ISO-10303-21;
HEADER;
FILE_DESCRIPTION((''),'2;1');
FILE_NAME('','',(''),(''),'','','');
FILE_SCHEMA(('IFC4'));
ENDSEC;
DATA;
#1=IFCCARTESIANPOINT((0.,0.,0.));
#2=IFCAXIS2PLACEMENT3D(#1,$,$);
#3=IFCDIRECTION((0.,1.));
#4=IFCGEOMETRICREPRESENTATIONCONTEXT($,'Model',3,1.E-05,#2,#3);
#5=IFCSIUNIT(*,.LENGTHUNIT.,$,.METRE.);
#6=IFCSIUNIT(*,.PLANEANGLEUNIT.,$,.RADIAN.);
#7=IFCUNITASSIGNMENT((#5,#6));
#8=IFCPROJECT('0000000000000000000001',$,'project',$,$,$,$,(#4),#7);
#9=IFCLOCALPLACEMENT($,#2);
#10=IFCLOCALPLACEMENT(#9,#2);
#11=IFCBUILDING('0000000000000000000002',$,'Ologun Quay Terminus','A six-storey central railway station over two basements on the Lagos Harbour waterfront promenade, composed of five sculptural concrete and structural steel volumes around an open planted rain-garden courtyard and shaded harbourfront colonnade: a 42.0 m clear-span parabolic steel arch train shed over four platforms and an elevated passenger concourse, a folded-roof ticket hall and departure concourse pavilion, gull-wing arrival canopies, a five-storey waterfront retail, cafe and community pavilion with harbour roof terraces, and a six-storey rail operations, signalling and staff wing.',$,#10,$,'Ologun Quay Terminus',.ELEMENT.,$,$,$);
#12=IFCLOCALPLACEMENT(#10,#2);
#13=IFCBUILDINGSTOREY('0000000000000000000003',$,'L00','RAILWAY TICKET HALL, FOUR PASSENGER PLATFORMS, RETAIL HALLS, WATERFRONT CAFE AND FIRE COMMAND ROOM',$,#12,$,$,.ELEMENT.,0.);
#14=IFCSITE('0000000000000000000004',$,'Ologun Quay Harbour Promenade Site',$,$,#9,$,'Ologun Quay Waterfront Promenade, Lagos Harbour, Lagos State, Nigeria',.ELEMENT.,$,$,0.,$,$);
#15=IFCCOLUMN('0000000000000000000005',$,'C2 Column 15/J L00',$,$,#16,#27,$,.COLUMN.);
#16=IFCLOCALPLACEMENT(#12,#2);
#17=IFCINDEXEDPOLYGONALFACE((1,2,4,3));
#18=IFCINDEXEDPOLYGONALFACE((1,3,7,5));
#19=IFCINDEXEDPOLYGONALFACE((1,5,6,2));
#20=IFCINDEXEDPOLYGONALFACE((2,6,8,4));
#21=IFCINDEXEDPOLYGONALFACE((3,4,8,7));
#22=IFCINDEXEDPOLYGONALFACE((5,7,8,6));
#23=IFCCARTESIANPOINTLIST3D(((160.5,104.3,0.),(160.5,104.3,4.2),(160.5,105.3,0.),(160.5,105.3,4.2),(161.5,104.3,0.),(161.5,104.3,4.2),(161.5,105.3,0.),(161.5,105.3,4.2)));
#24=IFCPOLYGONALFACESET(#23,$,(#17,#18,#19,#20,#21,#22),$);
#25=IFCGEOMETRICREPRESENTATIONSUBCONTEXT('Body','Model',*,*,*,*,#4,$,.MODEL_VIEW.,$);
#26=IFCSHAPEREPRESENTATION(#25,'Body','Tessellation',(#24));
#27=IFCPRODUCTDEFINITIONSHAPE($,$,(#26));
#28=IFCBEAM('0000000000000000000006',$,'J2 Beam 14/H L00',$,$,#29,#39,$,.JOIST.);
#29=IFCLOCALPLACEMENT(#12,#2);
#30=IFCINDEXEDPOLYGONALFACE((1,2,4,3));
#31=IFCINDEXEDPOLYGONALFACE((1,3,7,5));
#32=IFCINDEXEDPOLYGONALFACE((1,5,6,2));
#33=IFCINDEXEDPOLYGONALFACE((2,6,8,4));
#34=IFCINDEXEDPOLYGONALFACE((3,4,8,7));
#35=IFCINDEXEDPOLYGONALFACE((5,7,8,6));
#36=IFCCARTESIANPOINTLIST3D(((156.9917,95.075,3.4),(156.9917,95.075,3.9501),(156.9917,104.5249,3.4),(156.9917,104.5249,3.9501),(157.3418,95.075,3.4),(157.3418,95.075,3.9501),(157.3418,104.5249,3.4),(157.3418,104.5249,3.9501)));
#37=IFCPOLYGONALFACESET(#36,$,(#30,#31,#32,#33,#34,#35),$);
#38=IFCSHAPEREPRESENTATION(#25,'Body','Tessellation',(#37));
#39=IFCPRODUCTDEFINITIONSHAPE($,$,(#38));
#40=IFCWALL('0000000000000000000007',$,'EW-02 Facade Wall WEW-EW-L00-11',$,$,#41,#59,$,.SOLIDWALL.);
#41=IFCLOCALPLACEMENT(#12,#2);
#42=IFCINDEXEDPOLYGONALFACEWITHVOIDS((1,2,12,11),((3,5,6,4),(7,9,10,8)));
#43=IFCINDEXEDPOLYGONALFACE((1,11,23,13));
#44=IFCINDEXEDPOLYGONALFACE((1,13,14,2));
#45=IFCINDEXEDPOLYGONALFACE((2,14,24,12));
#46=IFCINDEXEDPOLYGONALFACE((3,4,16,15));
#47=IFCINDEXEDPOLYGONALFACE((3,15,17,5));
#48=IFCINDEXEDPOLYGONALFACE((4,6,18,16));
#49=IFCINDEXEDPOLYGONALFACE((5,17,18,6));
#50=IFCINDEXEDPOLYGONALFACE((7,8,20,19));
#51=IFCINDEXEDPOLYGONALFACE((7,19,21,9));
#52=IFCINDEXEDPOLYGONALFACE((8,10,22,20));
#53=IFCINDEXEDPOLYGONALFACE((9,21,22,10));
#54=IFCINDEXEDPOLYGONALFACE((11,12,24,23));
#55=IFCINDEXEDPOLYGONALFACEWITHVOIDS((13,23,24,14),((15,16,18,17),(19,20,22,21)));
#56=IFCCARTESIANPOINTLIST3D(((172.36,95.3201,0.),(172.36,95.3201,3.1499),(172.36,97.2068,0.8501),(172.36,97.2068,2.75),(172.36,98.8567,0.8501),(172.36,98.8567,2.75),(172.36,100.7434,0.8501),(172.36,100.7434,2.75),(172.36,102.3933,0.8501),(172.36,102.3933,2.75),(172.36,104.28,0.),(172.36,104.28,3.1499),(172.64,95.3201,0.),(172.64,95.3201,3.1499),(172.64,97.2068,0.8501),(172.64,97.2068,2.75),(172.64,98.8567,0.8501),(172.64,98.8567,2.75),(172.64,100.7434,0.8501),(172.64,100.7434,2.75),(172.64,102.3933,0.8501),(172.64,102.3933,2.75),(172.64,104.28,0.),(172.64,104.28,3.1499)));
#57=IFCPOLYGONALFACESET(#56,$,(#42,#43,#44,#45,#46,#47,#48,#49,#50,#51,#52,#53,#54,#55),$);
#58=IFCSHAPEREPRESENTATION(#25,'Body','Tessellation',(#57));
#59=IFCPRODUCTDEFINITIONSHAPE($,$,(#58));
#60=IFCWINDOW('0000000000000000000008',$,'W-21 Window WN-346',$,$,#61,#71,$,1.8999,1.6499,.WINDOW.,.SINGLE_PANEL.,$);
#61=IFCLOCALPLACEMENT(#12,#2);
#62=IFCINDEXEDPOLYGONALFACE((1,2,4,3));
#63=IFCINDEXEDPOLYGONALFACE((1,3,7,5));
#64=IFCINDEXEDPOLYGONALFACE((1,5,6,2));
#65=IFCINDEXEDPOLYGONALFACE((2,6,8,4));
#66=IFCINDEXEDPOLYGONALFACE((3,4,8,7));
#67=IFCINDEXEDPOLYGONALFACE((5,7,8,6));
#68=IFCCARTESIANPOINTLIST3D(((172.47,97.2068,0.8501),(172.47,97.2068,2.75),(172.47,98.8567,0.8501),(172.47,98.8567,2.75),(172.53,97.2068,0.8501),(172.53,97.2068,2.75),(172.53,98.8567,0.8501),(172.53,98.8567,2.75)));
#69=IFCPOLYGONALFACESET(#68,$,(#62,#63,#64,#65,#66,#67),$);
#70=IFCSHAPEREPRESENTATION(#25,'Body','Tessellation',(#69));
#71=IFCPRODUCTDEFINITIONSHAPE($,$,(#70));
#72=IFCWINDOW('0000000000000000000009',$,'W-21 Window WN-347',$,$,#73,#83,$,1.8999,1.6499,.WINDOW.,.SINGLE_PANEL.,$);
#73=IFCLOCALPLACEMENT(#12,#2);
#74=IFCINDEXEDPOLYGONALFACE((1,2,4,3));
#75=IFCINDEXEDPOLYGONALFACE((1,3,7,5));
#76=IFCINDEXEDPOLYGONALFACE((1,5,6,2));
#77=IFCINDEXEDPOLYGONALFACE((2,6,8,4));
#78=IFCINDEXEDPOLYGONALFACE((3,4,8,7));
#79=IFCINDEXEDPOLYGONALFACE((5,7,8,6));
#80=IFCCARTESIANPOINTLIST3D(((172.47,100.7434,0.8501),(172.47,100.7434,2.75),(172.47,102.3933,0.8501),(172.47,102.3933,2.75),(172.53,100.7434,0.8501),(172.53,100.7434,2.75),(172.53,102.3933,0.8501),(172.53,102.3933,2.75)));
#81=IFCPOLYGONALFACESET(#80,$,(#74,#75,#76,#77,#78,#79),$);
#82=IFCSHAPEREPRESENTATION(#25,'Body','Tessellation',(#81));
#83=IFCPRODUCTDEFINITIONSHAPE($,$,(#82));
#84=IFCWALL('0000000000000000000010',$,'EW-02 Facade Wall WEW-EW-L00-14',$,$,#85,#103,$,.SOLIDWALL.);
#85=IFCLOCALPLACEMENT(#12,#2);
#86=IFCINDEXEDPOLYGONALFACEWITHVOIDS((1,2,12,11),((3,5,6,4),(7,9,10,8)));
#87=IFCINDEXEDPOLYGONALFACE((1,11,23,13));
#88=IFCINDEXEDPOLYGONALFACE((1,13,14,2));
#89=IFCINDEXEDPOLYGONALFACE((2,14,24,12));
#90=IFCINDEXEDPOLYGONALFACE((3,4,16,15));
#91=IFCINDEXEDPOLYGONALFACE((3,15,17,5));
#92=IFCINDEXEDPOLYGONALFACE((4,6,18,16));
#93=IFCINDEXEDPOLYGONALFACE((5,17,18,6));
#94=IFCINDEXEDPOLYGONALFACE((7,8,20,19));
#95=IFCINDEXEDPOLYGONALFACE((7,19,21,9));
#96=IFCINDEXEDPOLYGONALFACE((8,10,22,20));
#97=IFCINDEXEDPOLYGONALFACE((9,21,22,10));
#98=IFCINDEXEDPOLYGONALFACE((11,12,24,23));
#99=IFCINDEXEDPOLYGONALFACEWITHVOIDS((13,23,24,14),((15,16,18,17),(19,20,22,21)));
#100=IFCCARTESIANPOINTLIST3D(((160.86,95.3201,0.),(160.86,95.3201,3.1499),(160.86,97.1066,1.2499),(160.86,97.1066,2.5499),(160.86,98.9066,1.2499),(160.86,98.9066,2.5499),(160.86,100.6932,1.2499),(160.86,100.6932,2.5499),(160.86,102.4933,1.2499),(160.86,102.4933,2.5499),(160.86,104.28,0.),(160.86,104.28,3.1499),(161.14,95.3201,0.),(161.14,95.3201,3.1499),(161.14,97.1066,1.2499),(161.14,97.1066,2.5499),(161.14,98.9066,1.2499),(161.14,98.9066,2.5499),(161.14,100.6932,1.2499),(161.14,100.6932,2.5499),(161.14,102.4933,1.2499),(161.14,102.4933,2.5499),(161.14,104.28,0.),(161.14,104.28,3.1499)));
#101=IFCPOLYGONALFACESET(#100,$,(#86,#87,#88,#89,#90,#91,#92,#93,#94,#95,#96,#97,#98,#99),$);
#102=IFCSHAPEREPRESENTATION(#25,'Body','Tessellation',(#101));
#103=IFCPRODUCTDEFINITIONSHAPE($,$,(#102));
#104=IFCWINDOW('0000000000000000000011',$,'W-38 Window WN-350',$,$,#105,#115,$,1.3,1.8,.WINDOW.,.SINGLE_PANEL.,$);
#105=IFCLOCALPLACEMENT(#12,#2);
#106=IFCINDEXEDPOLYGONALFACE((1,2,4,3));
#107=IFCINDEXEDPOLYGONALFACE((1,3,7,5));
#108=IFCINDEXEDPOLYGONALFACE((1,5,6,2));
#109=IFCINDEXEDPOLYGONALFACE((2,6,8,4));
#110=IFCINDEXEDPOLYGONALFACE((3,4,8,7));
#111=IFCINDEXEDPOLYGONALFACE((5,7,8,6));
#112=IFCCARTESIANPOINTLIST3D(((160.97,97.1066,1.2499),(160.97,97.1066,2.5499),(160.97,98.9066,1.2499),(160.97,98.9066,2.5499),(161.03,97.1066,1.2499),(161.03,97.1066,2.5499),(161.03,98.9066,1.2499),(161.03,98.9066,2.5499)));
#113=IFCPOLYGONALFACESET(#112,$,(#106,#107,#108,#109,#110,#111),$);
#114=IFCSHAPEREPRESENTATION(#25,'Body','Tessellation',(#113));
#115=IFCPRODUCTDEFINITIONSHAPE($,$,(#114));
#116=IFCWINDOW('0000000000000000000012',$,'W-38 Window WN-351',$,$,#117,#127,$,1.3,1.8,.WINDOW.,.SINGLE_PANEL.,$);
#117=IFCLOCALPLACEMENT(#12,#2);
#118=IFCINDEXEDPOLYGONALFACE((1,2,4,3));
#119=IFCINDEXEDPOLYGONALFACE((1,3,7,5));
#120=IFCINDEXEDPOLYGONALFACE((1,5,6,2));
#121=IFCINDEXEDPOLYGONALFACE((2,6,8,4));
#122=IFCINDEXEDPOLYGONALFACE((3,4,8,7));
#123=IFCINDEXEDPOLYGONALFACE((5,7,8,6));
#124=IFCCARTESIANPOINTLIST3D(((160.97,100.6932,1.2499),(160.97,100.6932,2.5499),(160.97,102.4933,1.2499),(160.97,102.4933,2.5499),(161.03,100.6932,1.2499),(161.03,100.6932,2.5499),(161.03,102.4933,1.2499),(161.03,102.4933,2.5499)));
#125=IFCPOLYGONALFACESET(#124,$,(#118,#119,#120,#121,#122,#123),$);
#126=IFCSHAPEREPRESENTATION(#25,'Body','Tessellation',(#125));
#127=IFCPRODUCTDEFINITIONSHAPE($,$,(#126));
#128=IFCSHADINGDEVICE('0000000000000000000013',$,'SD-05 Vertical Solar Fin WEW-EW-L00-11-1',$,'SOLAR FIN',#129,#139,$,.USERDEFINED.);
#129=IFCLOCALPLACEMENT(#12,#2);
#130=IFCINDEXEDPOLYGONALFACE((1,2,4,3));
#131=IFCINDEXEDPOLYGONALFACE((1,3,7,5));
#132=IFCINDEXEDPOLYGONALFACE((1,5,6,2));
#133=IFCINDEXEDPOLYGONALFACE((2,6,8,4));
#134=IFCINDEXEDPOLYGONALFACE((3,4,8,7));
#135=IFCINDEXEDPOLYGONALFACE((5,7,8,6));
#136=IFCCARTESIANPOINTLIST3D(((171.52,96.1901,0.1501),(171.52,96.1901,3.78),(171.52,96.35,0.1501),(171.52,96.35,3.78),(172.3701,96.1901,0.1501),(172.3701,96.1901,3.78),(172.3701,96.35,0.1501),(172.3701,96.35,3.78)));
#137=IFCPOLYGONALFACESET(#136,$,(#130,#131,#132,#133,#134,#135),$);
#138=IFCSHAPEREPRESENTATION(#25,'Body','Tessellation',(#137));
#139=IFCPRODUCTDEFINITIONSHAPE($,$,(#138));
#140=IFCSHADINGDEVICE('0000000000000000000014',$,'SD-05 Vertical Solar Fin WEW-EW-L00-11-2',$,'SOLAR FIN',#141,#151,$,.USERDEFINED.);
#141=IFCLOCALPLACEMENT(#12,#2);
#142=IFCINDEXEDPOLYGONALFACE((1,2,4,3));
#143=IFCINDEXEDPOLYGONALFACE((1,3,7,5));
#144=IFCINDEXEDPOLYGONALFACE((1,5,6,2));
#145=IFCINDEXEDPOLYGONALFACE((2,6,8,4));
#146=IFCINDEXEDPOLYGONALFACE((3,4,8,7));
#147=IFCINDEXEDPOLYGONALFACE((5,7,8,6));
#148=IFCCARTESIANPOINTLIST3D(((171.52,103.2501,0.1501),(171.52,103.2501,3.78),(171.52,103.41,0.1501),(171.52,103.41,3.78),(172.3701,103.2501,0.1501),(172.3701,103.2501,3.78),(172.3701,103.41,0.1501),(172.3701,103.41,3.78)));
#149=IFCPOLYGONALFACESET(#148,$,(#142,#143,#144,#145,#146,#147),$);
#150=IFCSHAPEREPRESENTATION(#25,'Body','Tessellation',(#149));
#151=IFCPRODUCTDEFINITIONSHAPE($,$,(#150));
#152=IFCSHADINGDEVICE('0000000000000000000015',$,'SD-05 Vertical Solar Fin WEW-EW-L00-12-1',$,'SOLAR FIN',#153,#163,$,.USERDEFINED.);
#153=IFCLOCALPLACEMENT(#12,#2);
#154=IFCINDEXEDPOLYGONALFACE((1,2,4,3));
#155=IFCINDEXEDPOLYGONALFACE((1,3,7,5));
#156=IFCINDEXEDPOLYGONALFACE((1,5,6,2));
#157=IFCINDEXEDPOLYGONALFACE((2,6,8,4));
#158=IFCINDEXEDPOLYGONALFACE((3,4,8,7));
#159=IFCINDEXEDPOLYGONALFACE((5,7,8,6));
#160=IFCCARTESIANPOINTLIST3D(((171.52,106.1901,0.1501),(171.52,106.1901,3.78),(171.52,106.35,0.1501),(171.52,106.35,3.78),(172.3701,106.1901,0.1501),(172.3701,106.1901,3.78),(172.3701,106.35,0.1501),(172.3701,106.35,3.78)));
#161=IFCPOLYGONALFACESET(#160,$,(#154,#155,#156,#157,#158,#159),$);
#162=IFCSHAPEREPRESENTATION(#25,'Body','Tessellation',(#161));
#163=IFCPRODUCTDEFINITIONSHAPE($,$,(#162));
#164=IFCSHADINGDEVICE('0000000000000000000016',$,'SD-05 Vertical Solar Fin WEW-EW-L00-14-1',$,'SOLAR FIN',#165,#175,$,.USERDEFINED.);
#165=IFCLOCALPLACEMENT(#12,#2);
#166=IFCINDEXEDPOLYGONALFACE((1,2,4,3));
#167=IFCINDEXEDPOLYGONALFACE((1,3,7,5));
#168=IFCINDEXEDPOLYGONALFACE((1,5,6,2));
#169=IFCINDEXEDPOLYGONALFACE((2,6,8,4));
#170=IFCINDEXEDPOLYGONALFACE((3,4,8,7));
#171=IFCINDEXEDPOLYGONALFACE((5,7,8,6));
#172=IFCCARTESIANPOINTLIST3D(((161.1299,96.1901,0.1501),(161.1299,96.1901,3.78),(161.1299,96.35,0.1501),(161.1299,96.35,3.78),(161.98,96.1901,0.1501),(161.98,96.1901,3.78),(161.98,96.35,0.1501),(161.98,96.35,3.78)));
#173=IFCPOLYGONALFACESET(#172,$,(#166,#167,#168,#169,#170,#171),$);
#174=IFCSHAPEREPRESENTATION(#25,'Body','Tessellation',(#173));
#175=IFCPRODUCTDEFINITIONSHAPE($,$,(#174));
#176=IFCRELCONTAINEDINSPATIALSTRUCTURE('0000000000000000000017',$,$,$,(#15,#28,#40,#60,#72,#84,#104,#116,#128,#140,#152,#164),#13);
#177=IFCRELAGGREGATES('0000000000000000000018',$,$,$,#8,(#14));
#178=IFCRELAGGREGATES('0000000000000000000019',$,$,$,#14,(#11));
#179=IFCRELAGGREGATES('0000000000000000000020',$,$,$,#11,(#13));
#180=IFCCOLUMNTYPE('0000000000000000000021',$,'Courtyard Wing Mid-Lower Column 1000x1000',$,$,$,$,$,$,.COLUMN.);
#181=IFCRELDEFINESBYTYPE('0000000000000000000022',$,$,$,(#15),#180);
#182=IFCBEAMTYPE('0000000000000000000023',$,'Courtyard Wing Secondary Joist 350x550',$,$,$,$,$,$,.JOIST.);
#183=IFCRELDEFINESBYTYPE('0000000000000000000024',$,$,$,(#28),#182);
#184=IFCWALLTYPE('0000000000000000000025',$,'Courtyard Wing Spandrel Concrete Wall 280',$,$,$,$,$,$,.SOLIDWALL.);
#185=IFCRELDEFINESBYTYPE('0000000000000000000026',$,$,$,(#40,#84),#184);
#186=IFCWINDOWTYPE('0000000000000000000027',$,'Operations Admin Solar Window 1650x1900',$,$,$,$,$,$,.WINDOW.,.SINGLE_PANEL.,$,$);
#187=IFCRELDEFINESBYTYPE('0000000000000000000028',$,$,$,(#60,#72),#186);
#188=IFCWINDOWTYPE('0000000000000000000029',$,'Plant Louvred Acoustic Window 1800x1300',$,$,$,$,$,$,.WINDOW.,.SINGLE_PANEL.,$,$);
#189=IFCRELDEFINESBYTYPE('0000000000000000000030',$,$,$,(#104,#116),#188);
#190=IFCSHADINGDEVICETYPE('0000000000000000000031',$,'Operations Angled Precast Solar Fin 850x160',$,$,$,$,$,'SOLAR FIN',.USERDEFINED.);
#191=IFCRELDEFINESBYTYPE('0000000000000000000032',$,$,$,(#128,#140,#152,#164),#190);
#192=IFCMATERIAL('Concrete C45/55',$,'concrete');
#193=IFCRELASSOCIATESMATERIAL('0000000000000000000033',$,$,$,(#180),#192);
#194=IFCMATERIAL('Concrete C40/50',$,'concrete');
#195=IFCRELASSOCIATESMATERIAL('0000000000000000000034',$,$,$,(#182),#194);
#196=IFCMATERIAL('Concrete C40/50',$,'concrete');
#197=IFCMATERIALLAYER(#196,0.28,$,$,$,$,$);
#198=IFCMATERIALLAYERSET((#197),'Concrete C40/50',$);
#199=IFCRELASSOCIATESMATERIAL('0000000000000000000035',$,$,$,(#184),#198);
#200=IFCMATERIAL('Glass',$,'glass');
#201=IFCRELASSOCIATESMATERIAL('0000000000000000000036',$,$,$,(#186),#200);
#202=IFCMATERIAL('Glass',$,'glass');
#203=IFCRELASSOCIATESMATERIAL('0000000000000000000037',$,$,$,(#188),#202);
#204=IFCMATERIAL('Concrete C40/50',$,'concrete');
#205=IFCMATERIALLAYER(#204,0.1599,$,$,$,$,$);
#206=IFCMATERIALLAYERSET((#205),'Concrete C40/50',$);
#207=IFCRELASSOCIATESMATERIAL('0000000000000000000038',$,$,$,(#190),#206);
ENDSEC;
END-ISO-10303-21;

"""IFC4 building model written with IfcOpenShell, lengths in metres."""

from ifc_helpers import new_model, si_unit, direction, frame, frame_2d, origin, origin_2d, place, context, subcontext, project, spatial, rectangle, extrude, material, layer, layer_set, material_profile, profile_set, type_object, element, fill, save


model = new_model("IFC4")

# Units and contexts
model_context = context("Model", 3, precision=1e-05, world=origin(), true_north=direction((0.0, 1.0)))
body_context = subcontext(model_context, "Body", "Model", "MODEL_VIEW")
ifc_project = project(units=[si_unit("LENGTHUNIT", "METRE"), si_unit("PLANEANGLEUNIT", "RADIAN")], contexts=[model_context])

# Site, building, storey
site_placement = place(None, origin())
site = spatial("IfcSite", under=ifc_project, at=site_placement, Name="Ologun Quay Harbour Promenade Site", LongName="Ologun Quay Waterfront Promenade, Lagos Harbour, Lagos State, Nigeria", CompositionType="ELEMENT", RefElevation=0.0)
building_placement = place(site_placement, origin())
building = spatial("IfcBuilding", under=site, at=building_placement, Name="Ologun Quay Terminus", Description="A six-storey central railway station over two basements on the Lagos Harbour waterfront promenade, composed of five sculptural concrete and structural steel volumes around an open planted rain-garden courtyard and shaded harbourfront colonnade: a 42.0 m clear-span parabolic steel arch train shed over four platforms and an elevated passenger concourse, a folded-roof ticket hall and departure concourse pavilion, gull-wing arrival canopies, a five-storey waterfront retail, cafe and community pavilion with harbour roof terraces, and a six-storey rail operations, signalling and staff wing.", LongName="Ologun Quay Terminus", CompositionType="ELEMENT")
storey_placement = place(building_placement, origin())
storey = spatial("IfcBuildingStorey", under=building, at=storey_placement, Name="L00", Description="RAILWAY TICKET HALL, FOUR PASSENGER PLATFORMS, RETAIL HALLS, WATERFRONT CAFE AND FIRE COMMAND ROOM", CompositionType="ELEMENT", Elevation=0.0)

# Column
ifc_material_1 = material(Name="Concrete C45/55", Category="concrete")
ifc_material_profile_1 = material_profile(ifc_material_1, rectangle(XDim=1.0, YDim=1.0, at=origin_2d()), Name="RC 1000x1000")
ifc_profile_set_1 = profile_set([ifc_material_profile_1], Name="Concrete C45/55")
column_type = type_object("IfcColumnType", Name="Courtyard Wing Mid-Lower Column 1000x1000", PredefinedType="COLUMN", material=ifc_profile_set_1)
column_placement = place(storey_placement, frame((161.0, 104.8, 0.0), z_axis=(0.0, 0.0, 1.0), x_axis=(1.0, 0.0, 0.0)))
element("IfcColumn", 1, at=column_placement, inside=storey, type_object=column_type, Name="C2 Column 15/J L00", PredefinedType="COLUMN", context=body_context, shape_type="SweptSolid", body=[
    extrude(rectangle(XDim=1.0, YDim=1.0, at=origin_2d()), origin(), (0.0, 0.0, 1.0), 4.2),
])

# Beam
ifc_material_2 = material(Name="Concrete C40/50", Category="concrete")
ifc_material_profile_2 = material_profile(ifc_material_2, rectangle(XDim=0.3501, YDim=0.55, at=origin_2d()), Name="RC 350x550")
ifc_profile_set_2 = profile_set([ifc_material_profile_2], Name="Concrete C40/50")
beam_type = type_object("IfcBeamType", Name="Courtyard Wing Secondary Joist 350x550", PredefinedType="JOIST", material=ifc_profile_set_2)
beam_placement = place(storey_placement, frame((157.1667, 95.075, 3.675), z_axis=(0.0, 1.0, 0.0), x_axis=(-1.0, 0.0, 0.0)))
element("IfcBeam", 2, at=beam_placement, inside=storey, type_object=beam_type, Name="J2 Beam 14/H L00", PredefinedType="JOIST", context=body_context, shape_type="SweptSolid", body=[
    extrude(rectangle(XDim=0.3501, YDim=0.55, at=origin_2d()), origin(), (0.0, 0.0, 1.0), 9.45),
])

# Walls, openings, windows
ifc_material_3 = material(Name="Concrete C40/50", Category="concrete")
ifc_layer_1 = layer(ifc_material_3, 0.28)
ifc_layer_set_1 = layer_set([ifc_layer_1], Name="Concrete C40/50")
wall_type = type_object("IfcWallType", Name="Courtyard Wing Spandrel Concrete Wall 280", PredefinedType="SOLIDWALL", material=ifc_layer_set_1)
wall_1_placement = place(storey_placement, frame((172.5, 95.3201, 0.0), z_axis=(0.0, 0.0, 1.0), x_axis=(0.0, 1.0, 0.0)))
wall_1 = element("IfcWall", 3, at=wall_1_placement, inside=storey, type_object=wall_type, Name="EW-02 Facade Wall WEW-EW-L00-11", PredefinedType="SOLIDWALL", context=body_context, shape_type="SweptSolid", body=[
    extrude(rectangle(XDim=8.96, YDim=0.28, at=frame_2d((4.48, 0.0))), origin(), (0.0, 0.0, 1.0), 3.1499),
])
opening_1_placement = place(wall_1_placement, frame((1.8867, 0.0, 0.8501)))
opening_1 = element("IfcOpeningElement", 4, at=opening_1_placement, cuts=wall_1, PredefinedType="OPENING", context=body_context, shape_type="SweptSolid", body=[
    extrude(rectangle(XDim=1.6499, YDim=1.8999, at=frame_2d((0.825, 0.95))), frame((0.0, 0.1499, 0.0), z_axis=(0.0, -1.0, 0.0), x_axis=(1.0, 0.0, 0.0)), (0.0, 0.0, 1.0), 0.3),
])
opening_2_placement = place(wall_1_placement, frame((5.4233, 0.0, 0.8501)))
opening_2 = element("IfcOpeningElement", 5, at=opening_2_placement, cuts=wall_1, PredefinedType="OPENING", context=body_context, shape_type="SweptSolid", body=[
    extrude(rectangle(XDim=1.6499, YDim=1.8999, at=frame_2d((0.825, 0.95))), frame((0.0, 0.1499, 0.0), z_axis=(0.0, -1.0, 0.0), x_axis=(1.0, 0.0, 0.0)), (0.0, 0.0, 1.0), 0.3),
])
ifc_material_4 = material(Name="Glass", Category="glass")
window_type_1 = type_object("IfcWindowType", Name="Operations Admin Solar Window 1650x1900", PartitioningType="SINGLE_PANEL", PredefinedType="WINDOW", material=ifc_material_4)
window_1_placement = place(opening_1_placement, origin())
window_1 = element("IfcWindow", 6, at=window_1_placement, inside=storey, type_object=window_type_1, Name="W-21 Window WN-346", OverallHeight=1.8999, OverallWidth=1.6499, PartitioningType="SINGLE_PANEL", PredefinedType="WINDOW", context=body_context, shape_type="SweptSolid", body=[
    extrude(rectangle(XDim=1.6499, YDim=1.8999, at=frame_2d((0.825, 0.95))), frame((0.0, 0.03, 0.0), z_axis=(0.0, -1.0, 0.0), x_axis=(1.0, 0.0, 0.0)), (0.0, 0.0, 1.0), 0.0601),
])
fill(opening_1, window_1)
window_2_placement = place(opening_2_placement, origin())
window_2 = element("IfcWindow", 7, at=window_2_placement, inside=storey, type_object=window_type_1, Name="W-21 Window WN-347", OverallHeight=1.8999, OverallWidth=1.6499, PartitioningType="SINGLE_PANEL", PredefinedType="WINDOW", context=body_context, shape_type="SweptSolid", body=[
    extrude(rectangle(XDim=1.6499, YDim=1.8999, at=frame_2d((0.825, 0.95))), frame((0.0, 0.03, 0.0), z_axis=(0.0, -1.0, 0.0), x_axis=(1.0, 0.0, 0.0)), (0.0, 0.0, 1.0), 0.0601),
])
fill(opening_2, window_2)
wall_2_placement = place(storey_placement, frame((161.0, 95.3201, 0.0), z_axis=(0.0, 0.0, 1.0), x_axis=(0.0, 1.0, 0.0)))
wall_2 = element("IfcWall", 8, at=wall_2_placement, inside=storey, type_object=wall_type, Name="EW-02 Facade Wall WEW-EW-L00-14", PredefinedType="SOLIDWALL", context=body_context, shape_type="SweptSolid", body=[
    extrude(rectangle(XDim=8.96, YDim=0.28, at=frame_2d((4.48, 0.0))), origin(), (0.0, 0.0, 1.0), 3.1499),
])
opening_3_placement = place(wall_2_placement, frame((1.7866, 0.0, 1.25)))
opening_3 = element("IfcOpeningElement", 9, at=opening_3_placement, cuts=wall_2, PredefinedType="OPENING", context=body_context, shape_type="SweptSolid", body=[
    extrude(rectangle(XDim=1.8, YDim=1.3, at=frame_2d((0.8999, 0.6499))), frame((0.0, 0.1499, 0.0), z_axis=(0.0, -1.0, 0.0), x_axis=(1.0, 0.0, 0.0)), (0.0, 0.0, 1.0), 0.3),
])
opening_4_placement = place(wall_2_placement, frame((5.3733, 0.0, 1.25)))
opening_4 = element("IfcOpeningElement", 10, at=opening_4_placement, cuts=wall_2, PredefinedType="OPENING", context=body_context, shape_type="SweptSolid", body=[
    extrude(rectangle(XDim=1.8, YDim=1.3, at=frame_2d((0.8999, 0.6499))), frame((0.0, 0.1499, 0.0), z_axis=(0.0, -1.0, 0.0), x_axis=(1.0, 0.0, 0.0)), (0.0, 0.0, 1.0), 0.3),
])
ifc_material_5 = material(Name="Glass", Category="glass")
window_type_2 = type_object("IfcWindowType", Name="Plant Louvred Acoustic Window 1800x1300", PartitioningType="SINGLE_PANEL", PredefinedType="WINDOW", material=ifc_material_5)
window_3_placement = place(opening_3_placement, origin())
window_3 = element("IfcWindow", 11, at=window_3_placement, inside=storey, type_object=window_type_2, Name="W-38 Window WN-350", OverallHeight=1.3, OverallWidth=1.8, PartitioningType="SINGLE_PANEL", PredefinedType="WINDOW", context=body_context, shape_type="SweptSolid", body=[
    extrude(rectangle(XDim=1.8, YDim=1.3, at=frame_2d((0.8999, 0.6499))), frame((0.0, 0.03, 0.0), z_axis=(0.0, -1.0, 0.0), x_axis=(1.0, 0.0, 0.0)), (0.0, 0.0, 1.0), 0.0601),
])
fill(opening_3, window_3)
window_4_placement = place(opening_4_placement, origin())
window_4 = element("IfcWindow", 12, at=window_4_placement, inside=storey, type_object=window_type_2, Name="W-38 Window WN-351", OverallHeight=1.3, OverallWidth=1.8, PartitioningType="SINGLE_PANEL", PredefinedType="WINDOW", context=body_context, shape_type="SweptSolid", body=[
    extrude(rectangle(XDim=1.8, YDim=1.3, at=frame_2d((0.8999, 0.6499))), frame((0.0, 0.03, 0.0), z_axis=(0.0, -1.0, 0.0), x_axis=(1.0, 0.0, 0.0)), (0.0, 0.0, 1.0), 0.0601),
])
fill(opening_4, window_4)

# Shading devices
ifc_material_6 = material(Name="Concrete C40/50", Category="concrete")
ifc_layer_2 = layer(ifc_material_6, 0.1599)
ifc_layer_set_2 = layer_set([ifc_layer_2], Name="Concrete C40/50")
shading_device_type = type_object("IfcShadingDeviceType", Name="Operations Angled Precast Solar Fin 850x160", ElementType="SOLAR FIN", PredefinedType="USERDEFINED", material=ifc_layer_set_2)
for number, where, z_axis, x_axis, name in (
    (13, (171.9451, 96.27, 0.1501), (0.0, 0.0, 1.0), (1.0, 0.0, 0.0), "SD-05 Vertical Solar Fin WEW-EW-L00-11-1"),
    (14, (171.9451, 103.3301, 0.1501), (0.0, 0.0, 1.0), (1.0, 0.0, 0.0), "SD-05 Vertical Solar Fin WEW-EW-L00-11-2"),
    (15, (171.9451, 106.27, 0.1501), (0.0, 0.0, 1.0), (1.0, 0.0, 0.0), "SD-05 Vertical Solar Fin WEW-EW-L00-12-1"),
    (16, (161.5549, 96.27, 0.1501), (0.0, 0.0, 1.0), (1.0, 0.0, 0.0), "SD-05 Vertical Solar Fin WEW-EW-L00-14-1"),
):
    element("IfcShadingDevice", number, at=place(storey_placement, frame(where, z_axis=z_axis, x_axis=x_axis)), inside=storey, type_object=shading_device_type, Name=name, ObjectType="SOLAR FIN", PredefinedType="USERDEFINED", context=body_context, shape_type="SweptSolid", body=[
        extrude(rectangle(XDim=0.8501, YDim=0.1599, at=origin_2d()), origin(), (0.0, 0.0, 1.0), 3.6299),
    ])

save(model, "model.ifc")
